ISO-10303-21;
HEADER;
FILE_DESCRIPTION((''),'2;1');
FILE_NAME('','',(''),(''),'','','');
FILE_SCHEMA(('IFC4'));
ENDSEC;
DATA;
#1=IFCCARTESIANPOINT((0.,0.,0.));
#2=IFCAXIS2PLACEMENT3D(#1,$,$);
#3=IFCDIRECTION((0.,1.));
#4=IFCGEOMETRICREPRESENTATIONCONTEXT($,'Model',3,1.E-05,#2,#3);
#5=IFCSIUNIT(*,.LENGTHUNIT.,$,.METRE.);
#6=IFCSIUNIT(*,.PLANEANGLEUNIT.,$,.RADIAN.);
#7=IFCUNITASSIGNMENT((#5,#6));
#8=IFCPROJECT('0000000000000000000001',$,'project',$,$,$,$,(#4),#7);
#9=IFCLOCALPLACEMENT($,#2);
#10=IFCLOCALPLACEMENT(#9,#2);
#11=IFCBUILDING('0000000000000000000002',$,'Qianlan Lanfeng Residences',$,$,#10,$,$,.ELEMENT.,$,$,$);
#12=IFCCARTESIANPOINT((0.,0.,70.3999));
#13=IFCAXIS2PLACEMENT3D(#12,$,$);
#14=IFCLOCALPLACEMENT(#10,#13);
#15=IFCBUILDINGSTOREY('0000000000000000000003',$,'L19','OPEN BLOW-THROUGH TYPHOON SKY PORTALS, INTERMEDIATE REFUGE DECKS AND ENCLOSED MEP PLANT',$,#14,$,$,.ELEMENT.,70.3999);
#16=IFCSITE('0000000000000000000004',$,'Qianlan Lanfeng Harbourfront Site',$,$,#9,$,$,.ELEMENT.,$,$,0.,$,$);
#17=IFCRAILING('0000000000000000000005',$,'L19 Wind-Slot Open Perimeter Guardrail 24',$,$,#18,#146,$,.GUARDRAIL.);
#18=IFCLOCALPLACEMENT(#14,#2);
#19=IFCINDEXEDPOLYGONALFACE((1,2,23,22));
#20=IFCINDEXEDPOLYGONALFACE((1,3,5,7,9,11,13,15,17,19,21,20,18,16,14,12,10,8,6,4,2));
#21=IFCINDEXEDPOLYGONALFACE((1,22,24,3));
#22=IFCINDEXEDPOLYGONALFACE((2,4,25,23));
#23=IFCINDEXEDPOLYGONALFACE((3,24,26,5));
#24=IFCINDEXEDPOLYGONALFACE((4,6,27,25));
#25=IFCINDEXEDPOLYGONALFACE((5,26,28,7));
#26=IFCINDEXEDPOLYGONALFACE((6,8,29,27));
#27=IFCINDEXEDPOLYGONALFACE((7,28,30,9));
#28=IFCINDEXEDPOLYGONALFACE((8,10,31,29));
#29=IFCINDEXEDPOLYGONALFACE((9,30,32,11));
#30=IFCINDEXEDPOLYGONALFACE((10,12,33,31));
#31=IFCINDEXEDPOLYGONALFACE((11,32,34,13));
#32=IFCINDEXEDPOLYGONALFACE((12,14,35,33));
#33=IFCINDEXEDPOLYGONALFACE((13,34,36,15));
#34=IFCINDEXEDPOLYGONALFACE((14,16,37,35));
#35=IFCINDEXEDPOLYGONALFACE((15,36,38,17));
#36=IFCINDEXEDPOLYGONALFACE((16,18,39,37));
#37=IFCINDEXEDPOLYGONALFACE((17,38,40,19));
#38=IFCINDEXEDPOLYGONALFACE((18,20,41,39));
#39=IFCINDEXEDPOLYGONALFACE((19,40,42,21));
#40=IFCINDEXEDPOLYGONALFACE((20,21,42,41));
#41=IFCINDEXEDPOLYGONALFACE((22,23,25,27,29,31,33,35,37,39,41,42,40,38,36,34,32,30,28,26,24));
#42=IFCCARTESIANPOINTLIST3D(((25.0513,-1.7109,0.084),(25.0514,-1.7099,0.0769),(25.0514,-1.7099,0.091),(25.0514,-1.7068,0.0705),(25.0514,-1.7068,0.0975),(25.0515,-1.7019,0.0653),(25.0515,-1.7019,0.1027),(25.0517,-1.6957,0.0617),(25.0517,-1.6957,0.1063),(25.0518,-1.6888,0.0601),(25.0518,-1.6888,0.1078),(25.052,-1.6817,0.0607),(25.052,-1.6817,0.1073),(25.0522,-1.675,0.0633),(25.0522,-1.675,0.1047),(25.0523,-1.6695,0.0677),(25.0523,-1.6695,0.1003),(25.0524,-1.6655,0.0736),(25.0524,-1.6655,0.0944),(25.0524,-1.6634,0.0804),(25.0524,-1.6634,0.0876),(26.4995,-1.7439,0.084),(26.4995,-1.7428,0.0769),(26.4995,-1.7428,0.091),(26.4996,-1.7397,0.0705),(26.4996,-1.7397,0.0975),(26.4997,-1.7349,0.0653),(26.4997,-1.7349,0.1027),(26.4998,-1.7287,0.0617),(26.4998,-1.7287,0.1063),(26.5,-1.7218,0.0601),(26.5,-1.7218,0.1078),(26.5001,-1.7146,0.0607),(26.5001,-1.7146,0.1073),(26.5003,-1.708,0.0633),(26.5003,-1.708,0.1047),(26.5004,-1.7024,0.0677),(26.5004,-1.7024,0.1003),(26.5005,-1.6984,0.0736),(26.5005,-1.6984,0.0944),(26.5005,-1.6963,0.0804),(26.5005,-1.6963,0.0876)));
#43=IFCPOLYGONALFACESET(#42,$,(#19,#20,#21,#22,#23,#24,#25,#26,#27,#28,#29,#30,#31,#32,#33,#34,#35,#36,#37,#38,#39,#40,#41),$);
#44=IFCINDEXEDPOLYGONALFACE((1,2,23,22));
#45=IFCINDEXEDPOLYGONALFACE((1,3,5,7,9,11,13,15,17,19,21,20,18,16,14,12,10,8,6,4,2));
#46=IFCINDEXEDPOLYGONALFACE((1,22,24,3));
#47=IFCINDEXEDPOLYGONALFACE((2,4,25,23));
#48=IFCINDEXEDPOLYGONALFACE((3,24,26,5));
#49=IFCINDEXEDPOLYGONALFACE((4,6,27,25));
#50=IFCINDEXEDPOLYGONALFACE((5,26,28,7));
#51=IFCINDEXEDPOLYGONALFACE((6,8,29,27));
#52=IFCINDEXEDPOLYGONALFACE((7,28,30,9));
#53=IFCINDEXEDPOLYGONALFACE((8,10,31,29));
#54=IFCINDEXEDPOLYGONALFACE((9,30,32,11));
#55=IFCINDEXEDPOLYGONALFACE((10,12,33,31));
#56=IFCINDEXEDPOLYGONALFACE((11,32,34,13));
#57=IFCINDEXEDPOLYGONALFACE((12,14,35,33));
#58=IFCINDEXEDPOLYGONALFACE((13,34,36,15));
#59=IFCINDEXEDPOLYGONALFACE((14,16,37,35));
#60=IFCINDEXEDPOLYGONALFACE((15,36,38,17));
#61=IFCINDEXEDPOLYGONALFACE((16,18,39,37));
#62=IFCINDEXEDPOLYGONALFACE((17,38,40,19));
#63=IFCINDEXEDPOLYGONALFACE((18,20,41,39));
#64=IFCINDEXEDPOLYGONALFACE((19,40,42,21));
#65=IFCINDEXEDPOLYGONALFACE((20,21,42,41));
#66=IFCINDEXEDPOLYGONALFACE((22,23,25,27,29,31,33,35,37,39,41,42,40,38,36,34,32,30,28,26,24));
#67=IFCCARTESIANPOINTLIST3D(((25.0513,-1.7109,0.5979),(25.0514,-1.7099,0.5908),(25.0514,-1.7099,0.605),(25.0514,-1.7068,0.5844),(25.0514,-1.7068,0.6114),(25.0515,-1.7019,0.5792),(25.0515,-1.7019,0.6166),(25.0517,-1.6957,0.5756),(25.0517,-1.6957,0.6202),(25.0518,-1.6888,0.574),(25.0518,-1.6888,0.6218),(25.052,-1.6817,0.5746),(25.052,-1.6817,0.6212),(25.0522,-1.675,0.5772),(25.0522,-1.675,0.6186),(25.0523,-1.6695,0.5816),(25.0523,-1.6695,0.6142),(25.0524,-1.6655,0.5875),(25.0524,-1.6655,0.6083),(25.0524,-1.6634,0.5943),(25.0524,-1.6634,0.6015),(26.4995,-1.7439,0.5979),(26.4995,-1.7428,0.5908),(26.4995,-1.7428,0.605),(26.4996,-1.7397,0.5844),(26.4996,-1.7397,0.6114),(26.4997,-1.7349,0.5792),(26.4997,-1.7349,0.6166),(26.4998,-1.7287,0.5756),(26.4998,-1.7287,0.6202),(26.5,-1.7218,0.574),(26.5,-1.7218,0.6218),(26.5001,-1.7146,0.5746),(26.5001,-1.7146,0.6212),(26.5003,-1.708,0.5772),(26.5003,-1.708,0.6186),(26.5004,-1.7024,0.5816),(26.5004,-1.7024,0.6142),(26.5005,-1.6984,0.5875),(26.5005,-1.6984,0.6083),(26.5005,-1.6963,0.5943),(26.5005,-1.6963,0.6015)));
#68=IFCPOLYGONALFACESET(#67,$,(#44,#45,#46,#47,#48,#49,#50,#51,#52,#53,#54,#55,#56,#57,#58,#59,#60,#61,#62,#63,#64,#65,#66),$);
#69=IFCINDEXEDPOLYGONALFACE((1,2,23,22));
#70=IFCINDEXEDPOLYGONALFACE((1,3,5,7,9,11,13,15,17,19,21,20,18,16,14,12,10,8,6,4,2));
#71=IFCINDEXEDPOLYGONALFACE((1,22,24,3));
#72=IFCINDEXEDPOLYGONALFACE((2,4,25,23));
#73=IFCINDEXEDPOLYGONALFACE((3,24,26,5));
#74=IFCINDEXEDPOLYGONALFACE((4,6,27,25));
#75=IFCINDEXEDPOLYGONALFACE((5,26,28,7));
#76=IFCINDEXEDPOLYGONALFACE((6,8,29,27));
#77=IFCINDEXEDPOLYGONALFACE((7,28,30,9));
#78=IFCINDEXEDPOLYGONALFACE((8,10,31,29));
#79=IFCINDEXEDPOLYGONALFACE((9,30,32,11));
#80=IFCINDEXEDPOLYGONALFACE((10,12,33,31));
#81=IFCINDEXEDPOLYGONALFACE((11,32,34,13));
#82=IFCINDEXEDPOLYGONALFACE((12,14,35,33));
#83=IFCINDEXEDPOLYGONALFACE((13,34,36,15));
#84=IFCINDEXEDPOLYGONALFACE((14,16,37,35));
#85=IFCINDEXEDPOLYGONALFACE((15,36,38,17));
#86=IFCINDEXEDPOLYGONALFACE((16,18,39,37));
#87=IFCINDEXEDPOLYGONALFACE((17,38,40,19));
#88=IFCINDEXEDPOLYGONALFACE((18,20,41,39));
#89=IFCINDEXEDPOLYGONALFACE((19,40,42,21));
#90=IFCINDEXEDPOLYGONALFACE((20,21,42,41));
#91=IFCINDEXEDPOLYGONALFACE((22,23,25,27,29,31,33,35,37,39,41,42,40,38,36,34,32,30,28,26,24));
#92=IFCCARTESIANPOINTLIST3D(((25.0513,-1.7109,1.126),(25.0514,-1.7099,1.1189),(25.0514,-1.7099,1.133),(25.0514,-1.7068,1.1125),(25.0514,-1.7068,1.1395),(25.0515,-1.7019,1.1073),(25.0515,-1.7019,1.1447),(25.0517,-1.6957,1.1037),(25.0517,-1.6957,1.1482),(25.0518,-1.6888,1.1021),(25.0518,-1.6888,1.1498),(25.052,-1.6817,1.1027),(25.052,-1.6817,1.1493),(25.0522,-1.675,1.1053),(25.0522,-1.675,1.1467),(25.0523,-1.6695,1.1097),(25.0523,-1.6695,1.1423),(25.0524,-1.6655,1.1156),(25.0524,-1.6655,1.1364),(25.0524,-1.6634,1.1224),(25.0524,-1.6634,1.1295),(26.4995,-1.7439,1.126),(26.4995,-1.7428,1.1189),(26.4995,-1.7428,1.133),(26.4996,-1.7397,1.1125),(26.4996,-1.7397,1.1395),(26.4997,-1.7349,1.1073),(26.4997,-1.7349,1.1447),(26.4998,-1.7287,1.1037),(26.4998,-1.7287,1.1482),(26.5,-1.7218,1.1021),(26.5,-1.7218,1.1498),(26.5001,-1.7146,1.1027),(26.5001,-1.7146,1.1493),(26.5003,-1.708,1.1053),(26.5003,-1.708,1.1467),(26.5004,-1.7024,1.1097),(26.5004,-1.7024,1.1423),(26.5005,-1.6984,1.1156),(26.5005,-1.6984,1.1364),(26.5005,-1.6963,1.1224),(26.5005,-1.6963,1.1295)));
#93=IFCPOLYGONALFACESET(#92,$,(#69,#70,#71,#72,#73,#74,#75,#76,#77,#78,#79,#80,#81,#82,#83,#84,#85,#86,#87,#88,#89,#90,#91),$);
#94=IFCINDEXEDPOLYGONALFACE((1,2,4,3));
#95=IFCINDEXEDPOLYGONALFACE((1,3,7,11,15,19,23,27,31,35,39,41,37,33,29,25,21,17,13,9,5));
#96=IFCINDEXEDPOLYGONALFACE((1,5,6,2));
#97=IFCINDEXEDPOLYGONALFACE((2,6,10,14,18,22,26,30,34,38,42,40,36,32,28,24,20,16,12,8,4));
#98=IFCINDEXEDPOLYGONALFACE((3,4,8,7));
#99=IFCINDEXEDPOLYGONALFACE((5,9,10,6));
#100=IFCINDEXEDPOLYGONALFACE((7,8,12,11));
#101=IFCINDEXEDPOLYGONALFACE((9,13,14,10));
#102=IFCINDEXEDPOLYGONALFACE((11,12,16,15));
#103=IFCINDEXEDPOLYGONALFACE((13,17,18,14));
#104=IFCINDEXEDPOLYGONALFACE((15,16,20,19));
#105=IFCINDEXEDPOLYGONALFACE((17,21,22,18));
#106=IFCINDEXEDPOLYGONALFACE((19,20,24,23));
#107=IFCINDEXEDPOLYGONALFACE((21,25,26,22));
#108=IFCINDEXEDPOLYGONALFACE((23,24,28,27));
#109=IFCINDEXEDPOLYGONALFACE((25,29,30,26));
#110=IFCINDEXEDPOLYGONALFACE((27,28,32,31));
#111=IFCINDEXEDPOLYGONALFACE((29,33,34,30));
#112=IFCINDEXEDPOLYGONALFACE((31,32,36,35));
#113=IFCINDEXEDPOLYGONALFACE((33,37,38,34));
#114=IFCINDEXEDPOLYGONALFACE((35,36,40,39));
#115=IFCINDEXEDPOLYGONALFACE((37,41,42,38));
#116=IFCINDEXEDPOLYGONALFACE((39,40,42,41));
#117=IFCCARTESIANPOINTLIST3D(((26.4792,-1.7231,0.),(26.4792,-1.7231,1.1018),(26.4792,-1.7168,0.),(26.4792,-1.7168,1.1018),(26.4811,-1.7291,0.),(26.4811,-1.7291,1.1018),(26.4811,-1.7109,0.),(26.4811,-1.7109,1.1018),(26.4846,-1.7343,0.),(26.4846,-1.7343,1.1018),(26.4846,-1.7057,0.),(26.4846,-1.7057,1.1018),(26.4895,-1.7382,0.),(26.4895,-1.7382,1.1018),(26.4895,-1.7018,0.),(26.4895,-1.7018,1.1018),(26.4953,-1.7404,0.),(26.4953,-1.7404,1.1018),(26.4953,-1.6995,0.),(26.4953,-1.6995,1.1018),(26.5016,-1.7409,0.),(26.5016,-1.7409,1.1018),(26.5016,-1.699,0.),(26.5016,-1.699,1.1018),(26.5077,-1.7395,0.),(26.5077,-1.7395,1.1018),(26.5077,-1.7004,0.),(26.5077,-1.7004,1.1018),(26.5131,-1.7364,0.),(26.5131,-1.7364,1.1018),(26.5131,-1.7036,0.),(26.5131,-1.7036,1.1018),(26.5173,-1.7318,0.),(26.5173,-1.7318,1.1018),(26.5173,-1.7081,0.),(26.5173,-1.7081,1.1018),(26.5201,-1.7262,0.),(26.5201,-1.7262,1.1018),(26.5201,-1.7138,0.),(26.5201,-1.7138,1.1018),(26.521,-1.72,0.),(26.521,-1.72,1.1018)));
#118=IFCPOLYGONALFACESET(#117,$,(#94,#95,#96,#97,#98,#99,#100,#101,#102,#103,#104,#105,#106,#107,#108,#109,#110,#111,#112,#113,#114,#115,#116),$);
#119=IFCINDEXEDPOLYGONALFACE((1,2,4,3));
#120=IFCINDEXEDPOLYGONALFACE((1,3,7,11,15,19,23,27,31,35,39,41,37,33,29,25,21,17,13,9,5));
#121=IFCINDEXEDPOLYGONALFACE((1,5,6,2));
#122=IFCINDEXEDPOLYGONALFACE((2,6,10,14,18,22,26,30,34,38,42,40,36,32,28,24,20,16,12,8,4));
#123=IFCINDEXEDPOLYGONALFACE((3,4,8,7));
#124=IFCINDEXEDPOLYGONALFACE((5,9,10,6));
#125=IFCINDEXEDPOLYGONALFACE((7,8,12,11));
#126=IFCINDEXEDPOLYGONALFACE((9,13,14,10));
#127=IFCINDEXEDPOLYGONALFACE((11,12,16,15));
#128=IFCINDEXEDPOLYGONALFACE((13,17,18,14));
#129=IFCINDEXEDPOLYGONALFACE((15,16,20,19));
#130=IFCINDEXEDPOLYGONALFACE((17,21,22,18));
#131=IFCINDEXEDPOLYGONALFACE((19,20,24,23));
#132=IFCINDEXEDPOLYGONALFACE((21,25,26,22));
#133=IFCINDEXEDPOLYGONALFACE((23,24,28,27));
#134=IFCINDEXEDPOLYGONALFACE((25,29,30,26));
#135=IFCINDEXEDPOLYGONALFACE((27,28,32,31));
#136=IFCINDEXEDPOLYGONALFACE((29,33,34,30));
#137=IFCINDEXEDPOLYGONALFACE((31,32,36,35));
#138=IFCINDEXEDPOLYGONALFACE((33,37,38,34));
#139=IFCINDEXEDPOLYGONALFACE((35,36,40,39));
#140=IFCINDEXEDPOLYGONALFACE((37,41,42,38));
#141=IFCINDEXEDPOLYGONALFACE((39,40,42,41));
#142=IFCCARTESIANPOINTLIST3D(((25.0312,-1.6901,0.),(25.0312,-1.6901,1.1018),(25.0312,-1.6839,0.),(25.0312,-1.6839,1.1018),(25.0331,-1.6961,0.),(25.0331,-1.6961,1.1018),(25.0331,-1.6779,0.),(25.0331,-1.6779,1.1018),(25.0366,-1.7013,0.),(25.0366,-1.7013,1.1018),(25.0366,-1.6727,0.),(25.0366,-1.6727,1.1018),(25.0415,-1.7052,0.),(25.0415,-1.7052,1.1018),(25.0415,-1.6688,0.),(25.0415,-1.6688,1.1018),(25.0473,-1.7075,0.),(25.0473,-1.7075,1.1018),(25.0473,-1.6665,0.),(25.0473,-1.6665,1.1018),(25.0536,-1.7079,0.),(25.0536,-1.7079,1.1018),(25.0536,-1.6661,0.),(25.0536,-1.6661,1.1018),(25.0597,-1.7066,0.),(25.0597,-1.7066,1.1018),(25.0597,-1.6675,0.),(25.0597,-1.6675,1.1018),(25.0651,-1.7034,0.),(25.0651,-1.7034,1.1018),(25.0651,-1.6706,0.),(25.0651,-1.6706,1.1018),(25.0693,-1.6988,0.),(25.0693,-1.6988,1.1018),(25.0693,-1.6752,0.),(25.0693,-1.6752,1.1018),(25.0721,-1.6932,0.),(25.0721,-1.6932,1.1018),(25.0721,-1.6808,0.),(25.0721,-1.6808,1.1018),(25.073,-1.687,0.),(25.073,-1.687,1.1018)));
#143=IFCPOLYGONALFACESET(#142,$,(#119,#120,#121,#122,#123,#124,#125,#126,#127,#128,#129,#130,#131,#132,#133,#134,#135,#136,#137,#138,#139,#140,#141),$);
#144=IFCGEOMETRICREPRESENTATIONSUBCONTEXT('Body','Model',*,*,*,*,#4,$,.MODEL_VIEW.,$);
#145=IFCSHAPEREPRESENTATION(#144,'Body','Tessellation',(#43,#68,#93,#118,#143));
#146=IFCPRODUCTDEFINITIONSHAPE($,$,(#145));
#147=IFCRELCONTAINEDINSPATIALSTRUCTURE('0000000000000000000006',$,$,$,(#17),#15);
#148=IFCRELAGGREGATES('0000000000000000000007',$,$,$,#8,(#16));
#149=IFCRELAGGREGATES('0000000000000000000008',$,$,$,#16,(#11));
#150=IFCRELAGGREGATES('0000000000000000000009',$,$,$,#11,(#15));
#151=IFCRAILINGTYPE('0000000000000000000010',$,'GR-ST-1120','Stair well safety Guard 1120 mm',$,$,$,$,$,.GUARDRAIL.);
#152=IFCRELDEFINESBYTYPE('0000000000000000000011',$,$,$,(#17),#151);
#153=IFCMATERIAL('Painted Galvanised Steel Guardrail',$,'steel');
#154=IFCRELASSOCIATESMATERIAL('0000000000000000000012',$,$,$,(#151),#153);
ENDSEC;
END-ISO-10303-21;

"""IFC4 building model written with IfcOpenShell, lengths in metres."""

from ifc_helpers import new_model, si_unit, direction, frame, origin, origin_2d, place, context, subcontext, project, spatial, circle, extrude, material, type_object, element, save


model = new_model("IFC4")

# Units and contexts
model_context = context("Model", 3, precision=1e-05, world=origin(), true_north=direction((0.0, 1.0)))
body_context = subcontext(model_context, "Body", "Model", "MODEL_VIEW")
ifc_project = project(units=[si_unit("LENGTHUNIT", "METRE"), si_unit("PLANEANGLEUNIT", "RADIAN")], contexts=[model_context])

# Site, building, storey
site_placement = place(None, origin())
site = spatial("IfcSite", under=ifc_project, at=site_placement, Name="Qianlan Lanfeng Harbourfront Site", CompositionType="ELEMENT", RefElevation=0.0)
building_placement = place(site_placement, origin())
building = spatial("IfcBuilding", under=site, at=building_placement, Name="Qianlan Lanfeng Residences", CompositionType="ELEMENT")
storey_placement = place(building_placement, frame((0.0, 0.0, 70.3999)))
storey = spatial("IfcBuildingStorey", under=building, at=storey_placement, Name="L19", Description="OPEN BLOW-THROUGH TYPHOON SKY PORTALS, INTERMEDIATE REFUGE DECKS AND ENCLOSED MEP PLANT", CompositionType="ELEMENT", Elevation=70.3999)

# Railing
ifc_material_1 = material(Name="Painted Galvanised Steel Guardrail", Category="steel")
railing_type = type_object("IfcRailingType", Name="GR-ST-1120", Description="Stair well safety Guard 1120 mm", PredefinedType="GUARDRAIL", material=ifc_material_1)
railing_1_placement = place(storey_placement, frame((26.5, -1.72, 0.0)))
element("IfcRailing", 1, at=railing_1_placement, inside=storey, type_object=railing_type, Name="L19 Wind-Slot Open Perimeter Guardrail 24", PredefinedType="GUARDRAIL", context=body_context, shape_type="SweptSolid", body=[
    extrude(circle(Radius=0.0239, at=origin_2d()), frame((0.0, 0.0, 0.084), z_axis=(-0.999741, 0.022756, 0.0), x_axis=(-0.022756, -0.999741, 0.0)), (0.0, 0.0, 1.0), 1.4485),
    extrude(circle(Radius=0.0239, at=origin_2d()), frame((0.0, 0.0, 0.5979), z_axis=(-0.999741, 0.022756, 0.0), x_axis=(-0.022756, -0.999741, 0.0)), (0.0, 0.0, 1.0), 1.4485),
    extrude(circle(Radius=0.0239, at=origin_2d()), frame((0.0, 0.0, 1.126), z_axis=(-0.999741, 0.022756, 0.0), x_axis=(-0.022756, -0.999741, 0.0)), (0.0, 0.0, 1.0), 1.4485),
    extrude(circle(Radius=0.021, at=origin_2d()), origin(), (0.0, 0.0, 1.0), 1.1018),
    extrude(circle(Radius=0.021, at=origin_2d()), frame((-1.448, 0.033, 0.0)), (0.0, 0.0, 1.0), 1.1018),
])

save(model, "model.ifc")
